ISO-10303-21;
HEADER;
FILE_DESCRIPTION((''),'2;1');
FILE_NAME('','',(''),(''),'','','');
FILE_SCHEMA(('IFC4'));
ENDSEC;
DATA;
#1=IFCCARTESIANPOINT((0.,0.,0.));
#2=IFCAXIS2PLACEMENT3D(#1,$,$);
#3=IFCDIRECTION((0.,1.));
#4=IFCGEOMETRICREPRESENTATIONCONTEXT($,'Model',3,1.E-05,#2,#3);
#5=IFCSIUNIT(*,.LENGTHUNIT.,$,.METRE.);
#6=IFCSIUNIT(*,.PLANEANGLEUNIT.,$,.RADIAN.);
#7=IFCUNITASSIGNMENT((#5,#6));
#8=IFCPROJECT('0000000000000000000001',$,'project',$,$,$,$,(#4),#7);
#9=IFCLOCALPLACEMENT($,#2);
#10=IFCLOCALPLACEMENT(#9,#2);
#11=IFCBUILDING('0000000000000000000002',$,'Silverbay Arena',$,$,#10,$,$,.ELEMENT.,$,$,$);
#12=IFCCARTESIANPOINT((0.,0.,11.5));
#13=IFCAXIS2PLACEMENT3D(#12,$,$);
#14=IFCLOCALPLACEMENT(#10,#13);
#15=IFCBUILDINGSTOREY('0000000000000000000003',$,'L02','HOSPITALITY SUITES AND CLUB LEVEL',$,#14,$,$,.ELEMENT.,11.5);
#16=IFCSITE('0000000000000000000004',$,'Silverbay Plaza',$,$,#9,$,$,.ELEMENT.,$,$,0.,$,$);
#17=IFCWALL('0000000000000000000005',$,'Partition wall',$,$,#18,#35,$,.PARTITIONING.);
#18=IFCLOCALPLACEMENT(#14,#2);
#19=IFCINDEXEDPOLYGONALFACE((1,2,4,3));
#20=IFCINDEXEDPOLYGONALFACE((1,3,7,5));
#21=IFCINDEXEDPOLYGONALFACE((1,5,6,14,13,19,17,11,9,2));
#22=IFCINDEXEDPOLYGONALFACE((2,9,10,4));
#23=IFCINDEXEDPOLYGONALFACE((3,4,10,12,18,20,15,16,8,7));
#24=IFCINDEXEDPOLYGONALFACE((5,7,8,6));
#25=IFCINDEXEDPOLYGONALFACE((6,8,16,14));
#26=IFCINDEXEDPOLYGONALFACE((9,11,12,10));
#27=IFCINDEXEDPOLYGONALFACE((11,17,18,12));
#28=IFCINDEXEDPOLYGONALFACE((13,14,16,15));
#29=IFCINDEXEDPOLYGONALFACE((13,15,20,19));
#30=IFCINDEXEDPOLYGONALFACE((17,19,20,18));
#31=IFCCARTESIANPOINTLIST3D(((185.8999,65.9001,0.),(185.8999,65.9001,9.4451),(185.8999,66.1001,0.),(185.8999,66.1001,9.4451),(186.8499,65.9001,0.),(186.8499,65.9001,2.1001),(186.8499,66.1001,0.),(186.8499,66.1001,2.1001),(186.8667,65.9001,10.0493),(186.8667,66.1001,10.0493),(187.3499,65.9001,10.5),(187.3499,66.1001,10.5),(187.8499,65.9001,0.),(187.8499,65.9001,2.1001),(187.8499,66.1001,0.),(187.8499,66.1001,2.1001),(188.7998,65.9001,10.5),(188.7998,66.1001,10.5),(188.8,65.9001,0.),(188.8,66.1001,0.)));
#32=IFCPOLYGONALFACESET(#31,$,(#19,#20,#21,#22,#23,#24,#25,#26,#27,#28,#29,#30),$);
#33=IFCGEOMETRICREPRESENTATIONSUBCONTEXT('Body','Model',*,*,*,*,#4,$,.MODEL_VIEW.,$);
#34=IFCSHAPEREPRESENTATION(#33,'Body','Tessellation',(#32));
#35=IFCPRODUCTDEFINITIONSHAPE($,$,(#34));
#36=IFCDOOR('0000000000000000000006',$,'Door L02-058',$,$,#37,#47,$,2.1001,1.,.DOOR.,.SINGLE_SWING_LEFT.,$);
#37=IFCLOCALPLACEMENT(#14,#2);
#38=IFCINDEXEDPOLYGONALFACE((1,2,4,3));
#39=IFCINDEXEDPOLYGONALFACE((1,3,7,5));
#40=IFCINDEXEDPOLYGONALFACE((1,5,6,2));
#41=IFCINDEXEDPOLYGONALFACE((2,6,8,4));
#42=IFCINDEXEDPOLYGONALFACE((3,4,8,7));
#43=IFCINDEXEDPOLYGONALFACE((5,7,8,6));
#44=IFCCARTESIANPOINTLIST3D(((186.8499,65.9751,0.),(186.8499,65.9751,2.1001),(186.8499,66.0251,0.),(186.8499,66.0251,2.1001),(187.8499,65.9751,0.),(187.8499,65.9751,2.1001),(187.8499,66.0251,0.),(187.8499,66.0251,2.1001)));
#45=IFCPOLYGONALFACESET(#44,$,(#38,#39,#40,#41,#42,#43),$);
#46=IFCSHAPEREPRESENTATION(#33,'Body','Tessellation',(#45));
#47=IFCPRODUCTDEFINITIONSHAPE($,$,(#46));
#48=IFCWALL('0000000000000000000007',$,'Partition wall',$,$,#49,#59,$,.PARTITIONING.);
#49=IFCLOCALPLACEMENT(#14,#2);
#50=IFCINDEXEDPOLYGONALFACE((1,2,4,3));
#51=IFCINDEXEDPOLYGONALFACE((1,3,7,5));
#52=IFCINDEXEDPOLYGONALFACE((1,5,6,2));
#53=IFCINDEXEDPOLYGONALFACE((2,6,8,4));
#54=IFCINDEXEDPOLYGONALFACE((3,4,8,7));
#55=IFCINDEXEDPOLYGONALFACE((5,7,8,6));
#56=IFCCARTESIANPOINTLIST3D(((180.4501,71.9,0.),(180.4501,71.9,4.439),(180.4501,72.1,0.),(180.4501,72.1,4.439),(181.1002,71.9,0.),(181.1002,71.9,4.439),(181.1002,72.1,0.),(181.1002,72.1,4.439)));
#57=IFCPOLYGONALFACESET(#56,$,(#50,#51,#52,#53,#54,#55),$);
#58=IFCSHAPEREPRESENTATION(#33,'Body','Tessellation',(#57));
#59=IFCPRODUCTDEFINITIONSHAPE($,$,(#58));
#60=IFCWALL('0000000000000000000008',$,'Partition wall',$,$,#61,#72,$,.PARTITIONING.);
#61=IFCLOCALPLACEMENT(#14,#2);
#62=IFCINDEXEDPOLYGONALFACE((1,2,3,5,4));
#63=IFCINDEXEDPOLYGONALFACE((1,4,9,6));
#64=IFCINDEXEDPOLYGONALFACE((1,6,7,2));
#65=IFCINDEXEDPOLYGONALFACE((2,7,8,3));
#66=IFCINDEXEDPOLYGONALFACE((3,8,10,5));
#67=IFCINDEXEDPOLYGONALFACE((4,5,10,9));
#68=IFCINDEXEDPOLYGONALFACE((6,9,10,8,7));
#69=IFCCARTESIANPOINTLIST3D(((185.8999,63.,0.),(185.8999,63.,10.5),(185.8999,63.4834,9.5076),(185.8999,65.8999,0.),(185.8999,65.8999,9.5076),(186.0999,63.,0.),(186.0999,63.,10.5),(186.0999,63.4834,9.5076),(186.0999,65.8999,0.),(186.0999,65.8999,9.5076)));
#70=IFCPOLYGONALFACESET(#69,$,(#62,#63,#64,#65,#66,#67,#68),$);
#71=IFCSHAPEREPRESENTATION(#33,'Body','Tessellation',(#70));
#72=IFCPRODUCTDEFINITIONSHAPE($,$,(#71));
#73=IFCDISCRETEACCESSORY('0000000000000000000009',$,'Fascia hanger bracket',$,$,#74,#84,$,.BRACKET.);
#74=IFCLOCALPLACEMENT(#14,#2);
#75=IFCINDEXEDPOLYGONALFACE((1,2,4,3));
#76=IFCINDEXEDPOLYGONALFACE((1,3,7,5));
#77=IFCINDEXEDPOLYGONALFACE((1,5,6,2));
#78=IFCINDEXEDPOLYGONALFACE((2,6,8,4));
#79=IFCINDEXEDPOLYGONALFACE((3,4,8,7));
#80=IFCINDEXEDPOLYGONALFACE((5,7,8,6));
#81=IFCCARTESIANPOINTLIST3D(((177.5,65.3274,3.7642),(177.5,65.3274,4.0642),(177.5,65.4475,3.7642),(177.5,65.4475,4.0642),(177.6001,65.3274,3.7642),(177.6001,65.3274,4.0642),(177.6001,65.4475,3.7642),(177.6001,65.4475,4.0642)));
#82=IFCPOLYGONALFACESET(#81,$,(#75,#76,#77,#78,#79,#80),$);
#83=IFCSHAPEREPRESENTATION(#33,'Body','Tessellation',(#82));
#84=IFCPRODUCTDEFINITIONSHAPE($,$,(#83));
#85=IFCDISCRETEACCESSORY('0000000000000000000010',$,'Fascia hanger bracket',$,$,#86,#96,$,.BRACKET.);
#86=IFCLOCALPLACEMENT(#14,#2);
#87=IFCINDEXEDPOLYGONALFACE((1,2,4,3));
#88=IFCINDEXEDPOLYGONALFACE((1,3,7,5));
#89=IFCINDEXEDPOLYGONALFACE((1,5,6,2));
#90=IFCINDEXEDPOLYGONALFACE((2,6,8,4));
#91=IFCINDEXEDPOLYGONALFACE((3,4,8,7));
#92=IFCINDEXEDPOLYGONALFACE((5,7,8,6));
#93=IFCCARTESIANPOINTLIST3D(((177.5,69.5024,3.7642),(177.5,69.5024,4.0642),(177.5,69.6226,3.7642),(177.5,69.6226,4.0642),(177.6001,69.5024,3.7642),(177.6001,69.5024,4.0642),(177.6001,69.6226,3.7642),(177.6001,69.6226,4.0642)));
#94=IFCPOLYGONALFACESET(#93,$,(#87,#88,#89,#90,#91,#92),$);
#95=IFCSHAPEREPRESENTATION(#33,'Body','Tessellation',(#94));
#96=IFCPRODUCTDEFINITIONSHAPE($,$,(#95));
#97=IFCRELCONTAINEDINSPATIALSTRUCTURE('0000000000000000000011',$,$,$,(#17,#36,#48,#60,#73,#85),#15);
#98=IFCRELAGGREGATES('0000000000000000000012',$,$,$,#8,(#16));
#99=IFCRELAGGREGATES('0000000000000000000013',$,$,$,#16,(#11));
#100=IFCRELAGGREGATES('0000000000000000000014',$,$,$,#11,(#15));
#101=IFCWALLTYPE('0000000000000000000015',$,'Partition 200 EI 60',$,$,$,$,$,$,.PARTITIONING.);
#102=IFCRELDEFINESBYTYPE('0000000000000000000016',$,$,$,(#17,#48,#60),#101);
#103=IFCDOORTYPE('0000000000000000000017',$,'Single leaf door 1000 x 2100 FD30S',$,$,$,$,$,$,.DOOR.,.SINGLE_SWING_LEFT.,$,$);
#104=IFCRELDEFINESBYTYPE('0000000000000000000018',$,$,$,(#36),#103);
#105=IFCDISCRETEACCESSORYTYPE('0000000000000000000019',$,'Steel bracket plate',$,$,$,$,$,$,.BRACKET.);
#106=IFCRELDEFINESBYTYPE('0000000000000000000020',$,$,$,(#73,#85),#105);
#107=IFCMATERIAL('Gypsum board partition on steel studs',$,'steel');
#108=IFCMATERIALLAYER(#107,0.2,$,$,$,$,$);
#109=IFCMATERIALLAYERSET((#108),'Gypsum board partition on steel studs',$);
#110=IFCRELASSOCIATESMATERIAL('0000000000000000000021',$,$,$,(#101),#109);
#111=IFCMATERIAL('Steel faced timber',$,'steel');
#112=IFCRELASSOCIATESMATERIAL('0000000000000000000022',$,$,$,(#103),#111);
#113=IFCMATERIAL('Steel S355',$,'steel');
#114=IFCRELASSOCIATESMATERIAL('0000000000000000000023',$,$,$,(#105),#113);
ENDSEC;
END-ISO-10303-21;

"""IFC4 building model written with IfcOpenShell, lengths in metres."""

from ifc_helpers import new_model, si_unit, direction, frame, frame_2d, origin, origin_2d, place, context, subcontext, project, spatial, polyline, rectangle, outline, extrude, material, layer, layer_set, type_object, element, fill, save


model = new_model("IFC4")

# Units and contexts
model_context = context("Model", 3, precision=1e-05, world=origin(), true_north=direction((0.0, 1.0)))
body_context = subcontext(model_context, "Body", "Model", "MODEL_VIEW")
ifc_project = project(units=[si_unit("LENGTHUNIT", "METRE"), si_unit("PLANEANGLEUNIT", "RADIAN")], contexts=[model_context])

# Site, building, storey
site_placement = place(None, origin())
site = spatial("IfcSite", under=ifc_project, at=site_placement, Name="Silverbay Plaza", CompositionType="ELEMENT", RefElevation=0.0)
building_placement = place(site_placement, origin())
building = spatial("IfcBuilding", under=site, at=building_placement, Name="Silverbay Arena", CompositionType="ELEMENT")
storey_placement = place(building_placement, frame((0.0, 0.0, 11.5)))
storey = spatial("IfcBuildingStorey", under=building, at=storey_placement, Name="L02", Description="HOSPITALITY SUITES AND CLUB LEVEL", CompositionType="ELEMENT", Elevation=11.5)

# Wall, opening, door
ifc_material_1 = material(Name="Gypsum board partition on steel studs", Category="steel")
ifc_layer_1 = layer(ifc_material_1, 0.2)
ifc_layer_set_1 = layer_set([ifc_layer_1], Name="Gypsum board partition on steel studs")
wall_type_1 = type_object("IfcWallType", Name="Partition 200 EI 60", PredefinedType="PARTITIONING", material=ifc_layer_set_1)
wall_1_placement = place(storey_placement, frame((185.8999, 66.0, 0.0), z_axis=(0.0, 0.0, 1.0), x_axis=(1.0, 0.0, 0.0)))
wall_1 = element("IfcWall", 1, at=wall_1_placement, inside=storey, type_object=wall_type_1, Name="Partition wall", PredefinedType="PARTITIONING", context=body_context, shape_type="SweptSolid", body=[
    extrude(outline(polyline([(0.0, 0.0), (2.9001, 0.0), (2.8999, 10.5), (1.45, 10.5), (0.9668, 10.0493), (0.0, 9.4451), (0.0, 0.0)])), frame((0.0, 0.1001, 0.0), z_axis=(0.0, -1.0, 0.0), x_axis=(1.0, 0.0, 0.0)), (0.0, 0.0, 1.0), 0.2),
])
opening_1_placement = place(wall_1_placement, frame((0.95, 0.0, 0.0)))
opening_1 = element("IfcOpeningElement", 2, at=opening_1_placement, cuts=wall_1, PredefinedType="OPENING", context=body_context, shape_type="SweptSolid", body=[
    extrude(rectangle(XDim=1.0, YDim=2.1001, at=frame_2d((0.5, 1.05))), frame((0.0, 0.1099, 0.0), z_axis=(0.0, -1.0, 0.0), x_axis=(1.0, 0.0, 0.0)), (0.0, 0.0, 1.0), 0.22),
])
ifc_material_2 = material(Name="Steel faced timber", Category="steel")
door_type_1 = type_object("IfcDoorType", Name="Single leaf door 1000 x 2100 FD30S", OperationType="SINGLE_SWING_LEFT", PredefinedType="DOOR", material=ifc_material_2)
door_1_placement = place(opening_1_placement, frame((1.0, 0.0, 0.0), z_axis=(0.0, 0.0, 1.0), x_axis=(-1.0, 0.0, 0.0)))
door_1 = element("IfcDoor", 3, at=door_1_placement, inside=storey, type_object=door_type_1, Name="Door L02-058", OperationType="SINGLE_SWING_LEFT", OverallHeight=2.1001, OverallWidth=1.0, PredefinedType="DOOR", context=body_context, shape_type="SweptSolid", body=[
    extrude(rectangle(XDim=1.0, YDim=2.1001, at=frame_2d((0.5, 1.05))), frame((0.0, 0.0249, 0.0), z_axis=(0.0, -1.0, 0.0), x_axis=(1.0, 0.0, 0.0)), (0.0, 0.0, 1.0), 0.05),
])
fill(opening_1, door_1)

# Walls
wall_2_placement = place(storey_placement, frame((180.45, 72.0, 0.0), z_axis=(0.0, 0.0, 1.0), x_axis=(1.0, 0.0, 0.0)))
element("IfcWall", 4, at=wall_2_placement, inside=storey, type_object=wall_type_1, Name="Partition wall", PredefinedType="PARTITIONING", context=body_context, shape_type="SweptSolid", body=[
    extrude(rectangle(XDim=0.6501, YDim=0.2, at=frame_2d((0.3252, 0.0))), origin(), (0.0, 0.0, 1.0), 4.439),
])
wall_3_placement = place(storey_placement, frame((186.0, 63.0, 0.0), z_axis=(0.0, 0.0, 1.0), x_axis=(0.0, 1.0, 0.0)))
element("IfcWall", 5, at=wall_3_placement, inside=storey, type_object=wall_type_1, Name="Partition wall", PredefinedType="PARTITIONING", context=body_context, shape_type="SweptSolid", body=[
    extrude(outline(polyline([(0.0, 0.0), (2.8999, 0.0), (2.8999, 9.5076), (0.4834, 9.5076), (0.0, 10.5), (0.0, 0.0)])), frame((0.0, 0.1001, 0.0), z_axis=(0.0, -1.0, 0.0), x_axis=(1.0, 0.0, 0.0)), (0.0, 0.0, 1.0), 0.2),
])

# Discrete accessories
ifc_material_3 = material(Name="Steel S355", Category="steel")
discrete_accessory_type = type_object("IfcDiscreteAccessoryType", Name="Steel bracket plate", PredefinedType="BRACKET", material=ifc_material_3)
for number, where, z_axis, x_axis, name in (
    (6, (177.55, 65.3875, 3.7642), (0.0, 0.0, 1.0), (0.0, 1.0, 0.0), "Fascia hanger bracket"),
    (7, (177.55, 69.5625, 3.7642), (0.0, 0.0, 1.0), (0.0, 1.0, 0.0), "Fascia hanger bracket"),
):
    element("IfcDiscreteAccessory", number, at=place(storey_placement, frame(where, z_axis=z_axis, x_axis=x_axis)), inside=storey, type_object=discrete_accessory_type, Name=name, PredefinedType="BRACKET", context=body_context, shape_type="SweptSolid", body=[
        extrude(rectangle(XDim=0.1201, YDim=0.1001, at=origin_2d()), origin(), (0.0, 0.0, 1.0), 0.3),
    ])

save(model, "model.ifc")
